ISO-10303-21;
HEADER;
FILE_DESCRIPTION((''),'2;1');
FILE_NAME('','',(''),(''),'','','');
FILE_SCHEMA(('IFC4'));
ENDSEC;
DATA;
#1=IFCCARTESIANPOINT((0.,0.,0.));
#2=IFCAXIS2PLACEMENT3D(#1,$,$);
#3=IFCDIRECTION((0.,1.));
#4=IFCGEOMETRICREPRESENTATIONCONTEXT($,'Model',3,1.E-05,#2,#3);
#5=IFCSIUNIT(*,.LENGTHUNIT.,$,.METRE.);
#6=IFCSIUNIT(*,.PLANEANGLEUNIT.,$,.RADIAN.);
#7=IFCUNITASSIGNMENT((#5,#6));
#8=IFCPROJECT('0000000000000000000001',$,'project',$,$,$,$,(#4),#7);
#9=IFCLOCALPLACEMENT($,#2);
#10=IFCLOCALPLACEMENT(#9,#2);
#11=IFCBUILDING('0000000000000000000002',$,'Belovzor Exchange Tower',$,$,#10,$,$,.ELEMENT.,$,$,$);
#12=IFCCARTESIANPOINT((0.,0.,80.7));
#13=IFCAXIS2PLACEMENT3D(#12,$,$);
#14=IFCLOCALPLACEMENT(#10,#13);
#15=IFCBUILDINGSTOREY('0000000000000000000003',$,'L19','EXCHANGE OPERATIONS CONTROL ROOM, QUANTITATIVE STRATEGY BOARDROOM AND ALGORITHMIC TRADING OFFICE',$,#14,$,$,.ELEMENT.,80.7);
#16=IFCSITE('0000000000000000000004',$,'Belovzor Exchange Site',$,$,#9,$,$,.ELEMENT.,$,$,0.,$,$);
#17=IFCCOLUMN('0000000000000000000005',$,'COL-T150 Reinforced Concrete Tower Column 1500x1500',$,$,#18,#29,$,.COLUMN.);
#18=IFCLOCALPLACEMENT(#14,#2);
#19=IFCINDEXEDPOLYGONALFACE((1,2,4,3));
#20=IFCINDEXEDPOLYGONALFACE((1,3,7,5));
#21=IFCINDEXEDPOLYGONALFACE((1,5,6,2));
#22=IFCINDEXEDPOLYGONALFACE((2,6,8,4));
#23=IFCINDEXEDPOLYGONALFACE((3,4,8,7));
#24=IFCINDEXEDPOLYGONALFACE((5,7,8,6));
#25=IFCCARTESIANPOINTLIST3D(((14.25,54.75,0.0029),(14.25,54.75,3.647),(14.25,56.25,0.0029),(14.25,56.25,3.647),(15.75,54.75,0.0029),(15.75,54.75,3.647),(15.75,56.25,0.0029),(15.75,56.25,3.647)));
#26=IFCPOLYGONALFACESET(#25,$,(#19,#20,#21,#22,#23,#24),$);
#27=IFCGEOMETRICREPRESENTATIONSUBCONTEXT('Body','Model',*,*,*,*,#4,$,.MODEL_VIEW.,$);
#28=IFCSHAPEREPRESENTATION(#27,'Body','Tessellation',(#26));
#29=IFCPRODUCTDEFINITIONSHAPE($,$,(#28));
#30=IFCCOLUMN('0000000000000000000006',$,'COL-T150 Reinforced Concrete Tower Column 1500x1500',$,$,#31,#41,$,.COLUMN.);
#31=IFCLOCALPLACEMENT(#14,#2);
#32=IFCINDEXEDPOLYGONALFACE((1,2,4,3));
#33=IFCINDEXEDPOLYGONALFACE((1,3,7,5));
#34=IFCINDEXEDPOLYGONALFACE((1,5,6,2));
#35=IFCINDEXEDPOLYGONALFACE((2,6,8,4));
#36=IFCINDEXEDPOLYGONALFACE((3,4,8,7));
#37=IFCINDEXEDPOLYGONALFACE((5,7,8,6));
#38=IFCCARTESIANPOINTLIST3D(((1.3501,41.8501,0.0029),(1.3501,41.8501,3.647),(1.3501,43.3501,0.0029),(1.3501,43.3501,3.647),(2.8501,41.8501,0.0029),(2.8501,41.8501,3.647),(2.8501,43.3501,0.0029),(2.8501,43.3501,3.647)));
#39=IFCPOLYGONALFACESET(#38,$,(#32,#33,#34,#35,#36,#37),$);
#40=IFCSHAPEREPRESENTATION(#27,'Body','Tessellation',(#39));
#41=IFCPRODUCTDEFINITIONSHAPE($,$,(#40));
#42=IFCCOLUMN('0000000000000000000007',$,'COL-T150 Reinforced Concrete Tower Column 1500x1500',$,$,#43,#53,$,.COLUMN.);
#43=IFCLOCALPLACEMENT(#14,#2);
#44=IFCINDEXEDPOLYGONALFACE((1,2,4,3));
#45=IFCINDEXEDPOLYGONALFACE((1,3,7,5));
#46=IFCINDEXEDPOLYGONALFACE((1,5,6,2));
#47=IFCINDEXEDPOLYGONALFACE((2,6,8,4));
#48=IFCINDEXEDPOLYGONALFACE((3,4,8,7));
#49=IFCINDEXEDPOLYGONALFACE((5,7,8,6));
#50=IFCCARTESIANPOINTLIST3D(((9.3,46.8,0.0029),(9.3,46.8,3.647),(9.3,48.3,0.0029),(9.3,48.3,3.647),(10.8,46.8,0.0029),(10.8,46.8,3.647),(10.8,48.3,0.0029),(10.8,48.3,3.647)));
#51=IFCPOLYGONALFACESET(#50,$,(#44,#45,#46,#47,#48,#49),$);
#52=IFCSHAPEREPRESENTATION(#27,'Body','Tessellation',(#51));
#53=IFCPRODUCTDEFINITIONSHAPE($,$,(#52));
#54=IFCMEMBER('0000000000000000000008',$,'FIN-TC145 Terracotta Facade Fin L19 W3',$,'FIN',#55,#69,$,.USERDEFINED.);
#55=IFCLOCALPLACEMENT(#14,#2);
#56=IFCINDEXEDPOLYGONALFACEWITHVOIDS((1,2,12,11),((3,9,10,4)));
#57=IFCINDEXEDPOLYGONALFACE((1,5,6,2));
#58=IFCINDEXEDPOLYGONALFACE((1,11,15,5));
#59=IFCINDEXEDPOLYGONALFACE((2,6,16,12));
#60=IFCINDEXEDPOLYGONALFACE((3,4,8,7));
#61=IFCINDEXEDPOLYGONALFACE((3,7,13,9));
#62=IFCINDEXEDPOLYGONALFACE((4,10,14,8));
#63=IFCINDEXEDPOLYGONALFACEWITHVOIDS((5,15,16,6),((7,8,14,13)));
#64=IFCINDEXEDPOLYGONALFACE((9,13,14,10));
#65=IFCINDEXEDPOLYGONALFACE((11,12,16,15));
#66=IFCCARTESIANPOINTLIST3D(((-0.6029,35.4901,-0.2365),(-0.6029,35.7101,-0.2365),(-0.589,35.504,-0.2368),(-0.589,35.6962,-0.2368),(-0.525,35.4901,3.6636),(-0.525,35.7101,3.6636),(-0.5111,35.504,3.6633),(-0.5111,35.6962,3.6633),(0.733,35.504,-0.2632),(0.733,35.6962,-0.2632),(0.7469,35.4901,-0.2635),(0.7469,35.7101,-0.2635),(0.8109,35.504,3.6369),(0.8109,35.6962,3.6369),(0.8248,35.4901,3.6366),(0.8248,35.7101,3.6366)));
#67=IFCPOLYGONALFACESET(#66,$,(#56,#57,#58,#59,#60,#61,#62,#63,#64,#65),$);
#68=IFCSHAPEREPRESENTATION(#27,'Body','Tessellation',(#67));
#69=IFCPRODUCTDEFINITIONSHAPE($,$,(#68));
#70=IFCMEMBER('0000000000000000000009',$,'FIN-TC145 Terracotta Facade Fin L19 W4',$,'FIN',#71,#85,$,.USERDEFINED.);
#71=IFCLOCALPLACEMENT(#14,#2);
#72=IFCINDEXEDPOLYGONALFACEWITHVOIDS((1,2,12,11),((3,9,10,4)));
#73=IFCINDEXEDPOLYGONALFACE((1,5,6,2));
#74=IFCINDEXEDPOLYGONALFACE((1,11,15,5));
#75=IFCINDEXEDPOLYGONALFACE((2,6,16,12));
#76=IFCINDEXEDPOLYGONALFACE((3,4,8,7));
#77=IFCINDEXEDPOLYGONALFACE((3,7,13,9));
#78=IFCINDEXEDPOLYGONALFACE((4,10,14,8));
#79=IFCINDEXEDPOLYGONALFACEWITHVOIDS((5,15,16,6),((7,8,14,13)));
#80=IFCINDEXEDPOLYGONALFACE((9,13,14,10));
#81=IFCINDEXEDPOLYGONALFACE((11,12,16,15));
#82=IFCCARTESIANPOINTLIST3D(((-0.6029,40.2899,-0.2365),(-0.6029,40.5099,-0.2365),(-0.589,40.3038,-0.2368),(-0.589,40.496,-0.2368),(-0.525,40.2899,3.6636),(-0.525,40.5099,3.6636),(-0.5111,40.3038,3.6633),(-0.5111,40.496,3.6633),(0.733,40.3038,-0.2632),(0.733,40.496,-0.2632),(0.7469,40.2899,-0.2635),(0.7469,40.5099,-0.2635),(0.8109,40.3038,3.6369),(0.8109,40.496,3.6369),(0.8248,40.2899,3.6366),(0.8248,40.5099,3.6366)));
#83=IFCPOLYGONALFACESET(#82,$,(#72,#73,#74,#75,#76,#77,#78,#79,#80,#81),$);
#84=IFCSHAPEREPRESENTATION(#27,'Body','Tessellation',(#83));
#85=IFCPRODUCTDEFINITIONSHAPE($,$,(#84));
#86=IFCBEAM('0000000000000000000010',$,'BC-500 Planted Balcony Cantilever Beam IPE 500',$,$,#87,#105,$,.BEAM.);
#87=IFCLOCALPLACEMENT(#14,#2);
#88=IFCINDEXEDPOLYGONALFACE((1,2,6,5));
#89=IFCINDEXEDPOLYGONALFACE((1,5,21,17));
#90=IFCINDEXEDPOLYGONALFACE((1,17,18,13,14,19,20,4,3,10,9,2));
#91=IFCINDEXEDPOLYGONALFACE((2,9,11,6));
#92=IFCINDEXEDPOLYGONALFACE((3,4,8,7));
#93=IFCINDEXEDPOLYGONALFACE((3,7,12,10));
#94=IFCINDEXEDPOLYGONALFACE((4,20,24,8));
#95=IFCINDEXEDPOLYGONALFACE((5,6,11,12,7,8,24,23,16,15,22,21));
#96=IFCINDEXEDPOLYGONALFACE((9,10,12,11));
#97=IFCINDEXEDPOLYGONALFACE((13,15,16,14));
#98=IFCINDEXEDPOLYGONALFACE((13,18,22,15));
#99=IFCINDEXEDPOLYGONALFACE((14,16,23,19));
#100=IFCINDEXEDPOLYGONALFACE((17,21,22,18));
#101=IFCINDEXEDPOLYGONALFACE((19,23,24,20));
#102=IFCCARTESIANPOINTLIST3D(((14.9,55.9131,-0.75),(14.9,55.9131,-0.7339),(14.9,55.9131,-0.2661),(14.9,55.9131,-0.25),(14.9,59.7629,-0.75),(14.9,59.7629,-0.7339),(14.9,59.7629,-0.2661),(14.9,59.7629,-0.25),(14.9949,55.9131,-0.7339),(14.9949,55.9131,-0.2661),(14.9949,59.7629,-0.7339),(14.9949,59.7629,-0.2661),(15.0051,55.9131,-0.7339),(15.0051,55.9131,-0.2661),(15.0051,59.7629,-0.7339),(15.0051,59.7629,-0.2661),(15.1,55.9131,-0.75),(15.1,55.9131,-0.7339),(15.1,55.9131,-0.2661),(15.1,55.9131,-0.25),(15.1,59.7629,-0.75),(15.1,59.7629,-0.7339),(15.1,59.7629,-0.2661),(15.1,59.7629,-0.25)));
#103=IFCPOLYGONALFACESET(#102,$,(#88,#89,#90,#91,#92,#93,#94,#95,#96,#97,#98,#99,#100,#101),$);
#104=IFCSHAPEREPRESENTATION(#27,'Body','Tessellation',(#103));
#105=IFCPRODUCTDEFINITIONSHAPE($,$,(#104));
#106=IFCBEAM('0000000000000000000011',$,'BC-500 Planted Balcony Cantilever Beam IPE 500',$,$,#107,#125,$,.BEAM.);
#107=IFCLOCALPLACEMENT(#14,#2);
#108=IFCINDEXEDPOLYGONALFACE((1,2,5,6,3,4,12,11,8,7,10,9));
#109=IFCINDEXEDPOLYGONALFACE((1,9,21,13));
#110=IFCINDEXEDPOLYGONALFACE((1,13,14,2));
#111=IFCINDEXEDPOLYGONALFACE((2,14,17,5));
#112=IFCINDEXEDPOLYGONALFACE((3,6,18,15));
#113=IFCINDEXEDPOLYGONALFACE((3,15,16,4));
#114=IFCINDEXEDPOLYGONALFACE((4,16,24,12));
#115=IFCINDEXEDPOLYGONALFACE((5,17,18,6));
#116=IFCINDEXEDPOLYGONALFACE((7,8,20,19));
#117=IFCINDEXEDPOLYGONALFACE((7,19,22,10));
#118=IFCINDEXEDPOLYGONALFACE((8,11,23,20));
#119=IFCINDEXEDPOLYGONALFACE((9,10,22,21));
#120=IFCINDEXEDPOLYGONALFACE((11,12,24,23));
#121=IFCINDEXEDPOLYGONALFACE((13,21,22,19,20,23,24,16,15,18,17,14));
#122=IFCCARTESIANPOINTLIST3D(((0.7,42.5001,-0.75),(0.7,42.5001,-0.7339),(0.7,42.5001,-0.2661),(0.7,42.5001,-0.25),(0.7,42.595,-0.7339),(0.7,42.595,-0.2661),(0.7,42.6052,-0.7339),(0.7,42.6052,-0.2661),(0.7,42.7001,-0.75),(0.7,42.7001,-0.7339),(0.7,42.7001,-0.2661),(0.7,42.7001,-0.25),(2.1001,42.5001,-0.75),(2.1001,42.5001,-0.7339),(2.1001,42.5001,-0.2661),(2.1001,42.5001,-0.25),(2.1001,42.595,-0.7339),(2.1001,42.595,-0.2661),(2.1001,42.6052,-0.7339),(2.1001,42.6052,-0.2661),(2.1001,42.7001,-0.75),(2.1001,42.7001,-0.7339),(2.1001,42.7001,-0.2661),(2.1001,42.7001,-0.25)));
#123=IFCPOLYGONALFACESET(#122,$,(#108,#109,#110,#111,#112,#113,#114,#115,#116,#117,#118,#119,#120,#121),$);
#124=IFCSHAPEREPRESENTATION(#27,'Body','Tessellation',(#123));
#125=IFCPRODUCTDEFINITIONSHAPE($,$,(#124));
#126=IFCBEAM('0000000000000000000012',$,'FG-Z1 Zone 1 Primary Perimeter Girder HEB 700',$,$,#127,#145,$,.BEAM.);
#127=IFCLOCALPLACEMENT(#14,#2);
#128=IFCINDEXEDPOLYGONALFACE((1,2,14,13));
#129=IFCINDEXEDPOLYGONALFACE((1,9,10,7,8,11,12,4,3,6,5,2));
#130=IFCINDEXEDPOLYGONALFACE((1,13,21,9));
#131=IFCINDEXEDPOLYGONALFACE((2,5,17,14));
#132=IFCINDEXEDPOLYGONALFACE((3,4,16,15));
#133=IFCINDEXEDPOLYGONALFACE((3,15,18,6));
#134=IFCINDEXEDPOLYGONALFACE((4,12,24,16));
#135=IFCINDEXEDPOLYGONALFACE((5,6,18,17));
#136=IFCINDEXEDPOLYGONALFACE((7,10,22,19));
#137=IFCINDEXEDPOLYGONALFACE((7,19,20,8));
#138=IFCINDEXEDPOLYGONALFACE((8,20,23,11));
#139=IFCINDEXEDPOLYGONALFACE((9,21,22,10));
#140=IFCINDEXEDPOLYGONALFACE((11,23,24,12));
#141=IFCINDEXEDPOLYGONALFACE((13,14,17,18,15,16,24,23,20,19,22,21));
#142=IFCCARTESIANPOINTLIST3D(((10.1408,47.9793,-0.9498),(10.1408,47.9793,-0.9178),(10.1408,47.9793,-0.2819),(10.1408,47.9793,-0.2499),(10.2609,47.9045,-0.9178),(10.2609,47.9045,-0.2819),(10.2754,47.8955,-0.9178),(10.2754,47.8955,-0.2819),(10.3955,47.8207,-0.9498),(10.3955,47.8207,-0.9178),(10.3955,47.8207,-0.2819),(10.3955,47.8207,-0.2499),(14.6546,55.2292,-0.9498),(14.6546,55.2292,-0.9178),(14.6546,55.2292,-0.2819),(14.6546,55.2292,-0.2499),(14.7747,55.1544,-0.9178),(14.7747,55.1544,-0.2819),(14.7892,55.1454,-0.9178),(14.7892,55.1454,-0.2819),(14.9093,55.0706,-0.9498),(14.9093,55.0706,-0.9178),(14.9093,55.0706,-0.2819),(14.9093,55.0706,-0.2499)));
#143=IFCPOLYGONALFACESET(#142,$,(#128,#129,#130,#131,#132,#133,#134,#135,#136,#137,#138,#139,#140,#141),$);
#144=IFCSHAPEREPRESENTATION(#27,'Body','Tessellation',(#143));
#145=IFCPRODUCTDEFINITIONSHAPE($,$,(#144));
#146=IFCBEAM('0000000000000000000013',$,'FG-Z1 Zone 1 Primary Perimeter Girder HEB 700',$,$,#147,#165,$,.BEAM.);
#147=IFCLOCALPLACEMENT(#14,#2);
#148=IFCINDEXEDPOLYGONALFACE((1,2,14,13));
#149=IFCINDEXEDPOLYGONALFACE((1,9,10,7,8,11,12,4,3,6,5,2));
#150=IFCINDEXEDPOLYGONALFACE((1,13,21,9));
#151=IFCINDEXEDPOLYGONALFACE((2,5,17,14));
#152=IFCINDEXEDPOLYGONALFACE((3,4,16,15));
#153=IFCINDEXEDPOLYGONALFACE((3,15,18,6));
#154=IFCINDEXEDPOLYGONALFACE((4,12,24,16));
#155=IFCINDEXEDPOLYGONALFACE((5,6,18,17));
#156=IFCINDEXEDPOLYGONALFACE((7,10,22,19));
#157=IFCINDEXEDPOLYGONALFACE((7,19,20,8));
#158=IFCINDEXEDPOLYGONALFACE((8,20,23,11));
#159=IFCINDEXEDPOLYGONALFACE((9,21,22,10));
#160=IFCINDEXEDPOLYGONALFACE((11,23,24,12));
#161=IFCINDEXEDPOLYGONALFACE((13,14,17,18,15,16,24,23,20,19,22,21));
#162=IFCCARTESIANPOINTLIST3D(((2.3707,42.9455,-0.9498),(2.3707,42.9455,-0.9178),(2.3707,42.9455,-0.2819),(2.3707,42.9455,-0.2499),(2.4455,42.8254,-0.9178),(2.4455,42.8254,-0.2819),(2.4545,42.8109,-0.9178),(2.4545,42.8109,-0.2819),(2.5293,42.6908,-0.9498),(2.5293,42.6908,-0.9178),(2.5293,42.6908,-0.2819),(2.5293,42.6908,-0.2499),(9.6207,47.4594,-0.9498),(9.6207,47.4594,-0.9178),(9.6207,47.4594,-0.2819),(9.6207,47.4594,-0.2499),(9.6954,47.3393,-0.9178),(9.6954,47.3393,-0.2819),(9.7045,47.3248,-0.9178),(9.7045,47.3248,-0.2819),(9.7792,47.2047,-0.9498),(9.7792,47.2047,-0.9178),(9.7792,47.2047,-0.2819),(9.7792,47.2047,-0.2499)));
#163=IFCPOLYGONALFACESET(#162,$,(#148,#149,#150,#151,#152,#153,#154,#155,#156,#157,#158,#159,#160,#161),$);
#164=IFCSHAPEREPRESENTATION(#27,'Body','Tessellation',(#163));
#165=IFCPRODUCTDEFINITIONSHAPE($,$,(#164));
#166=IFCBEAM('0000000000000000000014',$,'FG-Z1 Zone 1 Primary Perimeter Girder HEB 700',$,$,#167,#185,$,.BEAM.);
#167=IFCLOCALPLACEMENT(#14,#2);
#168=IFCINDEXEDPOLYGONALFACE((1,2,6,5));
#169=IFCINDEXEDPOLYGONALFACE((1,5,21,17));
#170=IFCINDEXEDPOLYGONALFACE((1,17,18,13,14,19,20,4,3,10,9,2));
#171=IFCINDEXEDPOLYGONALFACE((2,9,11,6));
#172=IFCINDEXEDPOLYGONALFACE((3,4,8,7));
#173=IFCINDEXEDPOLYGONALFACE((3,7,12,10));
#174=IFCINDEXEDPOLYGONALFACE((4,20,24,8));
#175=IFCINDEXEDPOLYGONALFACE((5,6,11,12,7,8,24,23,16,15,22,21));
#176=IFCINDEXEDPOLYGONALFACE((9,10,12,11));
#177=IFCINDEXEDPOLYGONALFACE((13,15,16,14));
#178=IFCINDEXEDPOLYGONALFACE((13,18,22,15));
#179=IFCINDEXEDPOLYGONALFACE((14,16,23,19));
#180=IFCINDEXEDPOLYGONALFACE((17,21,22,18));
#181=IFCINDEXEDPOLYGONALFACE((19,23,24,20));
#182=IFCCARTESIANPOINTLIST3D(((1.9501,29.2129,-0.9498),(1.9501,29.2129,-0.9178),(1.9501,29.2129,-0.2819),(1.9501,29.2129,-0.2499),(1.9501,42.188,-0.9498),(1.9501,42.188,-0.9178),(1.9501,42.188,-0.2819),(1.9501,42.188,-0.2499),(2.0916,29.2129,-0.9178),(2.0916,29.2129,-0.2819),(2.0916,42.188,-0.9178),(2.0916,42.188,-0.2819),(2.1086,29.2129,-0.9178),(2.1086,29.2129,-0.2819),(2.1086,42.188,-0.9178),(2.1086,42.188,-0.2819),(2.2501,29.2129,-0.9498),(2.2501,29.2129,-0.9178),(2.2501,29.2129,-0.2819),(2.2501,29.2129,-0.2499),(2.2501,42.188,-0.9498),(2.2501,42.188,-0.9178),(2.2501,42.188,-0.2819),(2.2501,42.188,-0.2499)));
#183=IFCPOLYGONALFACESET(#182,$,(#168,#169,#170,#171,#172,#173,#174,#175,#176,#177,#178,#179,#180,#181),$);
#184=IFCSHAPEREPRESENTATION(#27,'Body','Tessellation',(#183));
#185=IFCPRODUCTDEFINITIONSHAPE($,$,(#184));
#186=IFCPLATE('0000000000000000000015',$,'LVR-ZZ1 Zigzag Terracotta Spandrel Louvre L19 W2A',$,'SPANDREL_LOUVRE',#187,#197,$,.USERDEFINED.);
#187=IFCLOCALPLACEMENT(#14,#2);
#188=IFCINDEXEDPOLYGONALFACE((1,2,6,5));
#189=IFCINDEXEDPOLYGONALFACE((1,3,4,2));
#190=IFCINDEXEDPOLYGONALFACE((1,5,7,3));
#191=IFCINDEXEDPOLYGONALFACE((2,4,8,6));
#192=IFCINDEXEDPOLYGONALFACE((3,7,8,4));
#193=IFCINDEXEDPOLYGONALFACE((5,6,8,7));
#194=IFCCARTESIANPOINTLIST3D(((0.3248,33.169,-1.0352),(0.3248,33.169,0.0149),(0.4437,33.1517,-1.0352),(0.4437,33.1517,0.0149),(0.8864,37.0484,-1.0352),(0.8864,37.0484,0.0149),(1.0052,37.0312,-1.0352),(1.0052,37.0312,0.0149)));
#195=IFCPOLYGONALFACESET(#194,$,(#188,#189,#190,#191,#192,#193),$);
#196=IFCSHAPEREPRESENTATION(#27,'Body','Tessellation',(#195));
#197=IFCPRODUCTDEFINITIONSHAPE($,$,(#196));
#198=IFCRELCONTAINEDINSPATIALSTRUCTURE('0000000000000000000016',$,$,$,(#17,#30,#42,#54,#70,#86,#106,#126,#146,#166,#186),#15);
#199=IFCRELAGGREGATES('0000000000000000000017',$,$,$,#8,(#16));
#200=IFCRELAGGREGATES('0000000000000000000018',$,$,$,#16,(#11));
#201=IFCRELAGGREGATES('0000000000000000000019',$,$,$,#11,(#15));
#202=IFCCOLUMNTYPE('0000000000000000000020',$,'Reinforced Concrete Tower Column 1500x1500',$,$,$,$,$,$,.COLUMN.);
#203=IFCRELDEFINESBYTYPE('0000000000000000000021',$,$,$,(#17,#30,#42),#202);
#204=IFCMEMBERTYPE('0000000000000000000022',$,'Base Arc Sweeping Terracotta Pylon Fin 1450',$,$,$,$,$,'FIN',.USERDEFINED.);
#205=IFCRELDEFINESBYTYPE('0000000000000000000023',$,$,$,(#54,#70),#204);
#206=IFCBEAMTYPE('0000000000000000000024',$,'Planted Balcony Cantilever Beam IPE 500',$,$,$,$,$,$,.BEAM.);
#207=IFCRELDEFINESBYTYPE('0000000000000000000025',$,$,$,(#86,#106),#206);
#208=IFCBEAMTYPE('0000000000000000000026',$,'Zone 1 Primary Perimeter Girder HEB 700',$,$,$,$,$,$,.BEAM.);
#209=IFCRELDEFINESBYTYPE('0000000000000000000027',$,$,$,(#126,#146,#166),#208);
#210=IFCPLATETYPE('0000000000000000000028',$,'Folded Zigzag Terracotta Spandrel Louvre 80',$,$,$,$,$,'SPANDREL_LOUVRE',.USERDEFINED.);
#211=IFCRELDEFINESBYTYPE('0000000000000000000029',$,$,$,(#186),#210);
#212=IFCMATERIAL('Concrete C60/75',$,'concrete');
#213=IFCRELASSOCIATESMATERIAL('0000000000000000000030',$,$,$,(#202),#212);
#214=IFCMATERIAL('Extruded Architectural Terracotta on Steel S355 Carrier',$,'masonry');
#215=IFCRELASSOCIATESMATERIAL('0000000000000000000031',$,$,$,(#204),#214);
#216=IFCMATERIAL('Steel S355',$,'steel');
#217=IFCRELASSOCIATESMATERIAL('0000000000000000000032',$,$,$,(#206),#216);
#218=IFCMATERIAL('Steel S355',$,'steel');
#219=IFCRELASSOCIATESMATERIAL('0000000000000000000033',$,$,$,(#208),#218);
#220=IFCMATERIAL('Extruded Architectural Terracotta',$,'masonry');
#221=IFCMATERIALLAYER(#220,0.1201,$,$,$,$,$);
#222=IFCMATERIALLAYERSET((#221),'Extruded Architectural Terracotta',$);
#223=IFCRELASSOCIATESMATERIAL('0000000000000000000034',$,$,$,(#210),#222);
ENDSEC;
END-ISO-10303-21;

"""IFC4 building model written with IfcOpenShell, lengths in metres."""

from ifc_helpers import new_model, si_unit, direction, frame, origin, origin_2d, place, context, subcontext, project, spatial, rectangle, hollow_rectangle, i_section, extrude, material, layer, layer_set, material_profile, profile_set, type_object, element, save


model = new_model("IFC4")

# Units and contexts
model_context = context("Model", 3, precision=1e-05, world=origin(), true_north=direction((0.0, 1.0)))
body_context = subcontext(model_context, "Body", "Model", "MODEL_VIEW")
ifc_project = project(units=[si_unit("LENGTHUNIT", "METRE"), si_unit("PLANEANGLEUNIT", "RADIAN")], contexts=[model_context])

# Site, building, storey
site_placement = place(None, origin())
site = spatial("IfcSite", under=ifc_project, at=site_placement, Name="Belovzor Exchange Site", CompositionType="ELEMENT", RefElevation=0.0)
building_placement = place(site_placement, origin())
building = spatial("IfcBuilding", under=site, at=building_placement, Name="Belovzor Exchange Tower", CompositionType="ELEMENT")
storey_placement = place(building_placement, frame((0.0, 0.0, 80.7)))
storey = spatial("IfcBuildingStorey", under=building, at=storey_placement, Name="L19", Description="EXCHANGE OPERATIONS CONTROL ROOM, QUANTITATIVE STRATEGY BOARDROOM AND ALGORITHMIC TRADING OFFICE", CompositionType="ELEMENT", Elevation=80.7)

# Columns
ifc_material_1 = material(Name="Concrete C60/75", Category="concrete")
ifc_material_profile_1 = material_profile(ifc_material_1, rectangle(XDim=1.5, YDim=1.5, at=origin_2d()))
ifc_profile_set_1 = profile_set([ifc_material_profile_1], Name="Concrete C60/75")
column_type = type_object("IfcColumnType", Name="Reinforced Concrete Tower Column 1500x1500", PredefinedType="COLUMN", material=ifc_profile_set_1)
for number, where, z_axis, x_axis, name in (
    (1, (15.0, 55.5, 0.0029), (0.0, 0.0, 1.0), (1.0, 0.0, 0.0), "COL-T150 Reinforced Concrete Tower Column 1500x1500"),
    (2, (2.1001, 42.6001, 0.0029), (0.0, 0.0, 1.0), (1.0, 0.0, 0.0), "COL-T150 Reinforced Concrete Tower Column 1500x1500"),
    (3, (10.05, 47.55, 0.0029), (0.0, 0.0, 1.0), (1.0, 0.0, 0.0), "COL-T150 Reinforced Concrete Tower Column 1500x1500"),
):
    element("IfcColumn", number, at=place(storey_placement, frame(where, z_axis=z_axis, x_axis=x_axis)), inside=storey, type_object=column_type, Name=name, PredefinedType="COLUMN", context=body_context, shape_type="SweptSolid", body=[
        extrude(rectangle(XDim=1.5, YDim=1.5, at=origin_2d()), origin(), (0.0, 0.0, 1.0), 3.644),
    ])

# Members
ifc_material_2 = material(Name="Extruded Architectural Terracotta on Steel S355 Carrier", Category="masonry")
ifc_material_profile_2 = material_profile(ifc_material_2, hollow_rectangle(XDim=0.22, YDim=1.3501, WallThickness=0.0139, at=origin_2d()))
ifc_profile_set_2 = profile_set([ifc_material_profile_2], Name="Extruded Architectural Terracotta on Steel S355 Carrier")
member_type = type_object("IfcMemberType", Name="Base Arc Sweeping Terracotta Pylon Fin 1450", ElementType="FIN", PredefinedType="USERDEFINED", material=ifc_profile_set_2)
for number, where, z_axis, x_axis, name in (
    (4, (0.072, 35.6001, -0.25), (0.019965, 0.0, 0.999801), (0.0, 1.0, 0.0), "FIN-TC145 Terracotta Facade Fin L19 W3"),
    (5, (0.072, 40.3999, -0.25), (0.019965, 0.0, 0.999801), (0.0, 1.0, 0.0), "FIN-TC145 Terracotta Facade Fin L19 W4"),
):
    element("IfcMember", number, at=place(storey_placement, frame(where, z_axis=z_axis, x_axis=x_axis)), inside=storey, type_object=member_type, Name=name, ObjectType="FIN", PredefinedType="USERDEFINED", context=body_context, shape_type="SweptSolid", body=[
        extrude(hollow_rectangle(XDim=0.22, YDim=1.3501, WallThickness=0.0139, at=origin_2d()), origin(), (0.0, 0.0, 1.0), 3.9009),
    ])

# Beams
ifc_material_3 = material(Name="Steel S355", Category="steel")
ifc_material_profile_3 = material_profile(ifc_material_3, i_section(OverallWidth=0.2, OverallDepth=0.5, WebThickness=0.0103, FlangeThickness=0.0161, at=origin_2d()))
ifc_profile_set_3 = profile_set([ifc_material_profile_3], Name="Steel S355")
beam_type_1 = type_object("IfcBeamType", Name="Planted Balcony Cantilever Beam IPE 500", PredefinedType="BEAM", material=ifc_profile_set_3)
beam_1_placement = place(storey_placement, frame((15.0, 55.9131, -0.5), z_axis=(0.0, 1.0, 0.0), x_axis=(-1.0, 0.0, 0.0)))
element("IfcBeam", 6, at=beam_1_placement, inside=storey, type_object=beam_type_1, Name="BC-500 Planted Balcony Cantilever Beam IPE 500", PredefinedType="BEAM", context=body_context, shape_type="SweptSolid", body=[
    extrude(i_section(OverallWidth=0.2, OverallDepth=0.5, WebThickness=0.0103, FlangeThickness=0.0161, at=origin_2d()), origin(), (0.0, 0.0, 1.0), 3.8499),
])
beam_2_placement = place(storey_placement, frame((2.1001, 42.6001, -0.5), z_axis=(-1.0, 0.0, 0.0), x_axis=(0.0, -1.0, 0.0)))
element("IfcBeam", 7, at=beam_2_placement, inside=storey, type_object=beam_type_1, Name="BC-500 Planted Balcony Cantilever Beam IPE 500", PredefinedType="BEAM", context=body_context, shape_type="SweptSolid", body=[
    extrude(i_section(OverallWidth=0.2, OverallDepth=0.5, WebThickness=0.0103, FlangeThickness=0.0161, at=origin_2d()), origin(), (0.0, 0.0, 1.0), 1.4001),
])
ifc_material_4 = material(Name="Steel S355", Category="steel")
ifc_material_profile_4 = material_profile(ifc_material_4, i_section(OverallWidth=0.3, OverallDepth=0.7, WebThickness=0.0171, FlangeThickness=0.032, at=origin_2d()))
ifc_profile_set_4 = profile_set([ifc_material_profile_4], Name="Steel S355")
beam_type_2 = type_object("IfcBeamType", Name="Zone 1 Primary Perimeter Girder HEB 700", PredefinedType="BEAM", material=ifc_profile_set_4)
for number, where, z_axis, x_axis, name in (
    (8, (14.782, 55.1499, -0.5999), (-0.528539, -0.848909, 0.0), (0.848909, -0.528539, 0.0), "FG-Z1 Zone 1 Primary Perimeter Girder HEB 700"),
    (9, (9.7, 47.332, -0.5999), (-0.848909, -0.528539, 0.0), (0.528539, -0.848909, 0.0), "FG-Z1 Zone 1 Primary Perimeter Girder HEB 700"),
):
    element("IfcBeam", number, at=place(storey_placement, frame(where, z_axis=z_axis, x_axis=x_axis)), inside=storey, type_object=beam_type_2, Name=name, PredefinedType="BEAM", context=body_context, shape_type="SweptSolid", body=[
        extrude(i_section(OverallWidth=0.3, OverallDepth=0.7, WebThickness=0.0171, FlangeThickness=0.032, at=origin_2d()), origin(), (0.0, 0.0, 1.0), 8.5403),
    ])
beam_3_placement = place(storey_placement, frame((2.1001, 42.188, -0.5999), z_axis=(0.0, -1.0, 0.0), x_axis=(1.0, 0.0, 0.0)))
element("IfcBeam", 10, at=beam_3_placement, inside=storey, type_object=beam_type_2, Name="FG-Z1 Zone 1 Primary Perimeter Girder HEB 700", PredefinedType="BEAM", context=body_context, shape_type="SweptSolid", body=[
    extrude(i_section(OverallWidth=0.3, OverallDepth=0.7, WebThickness=0.0171, FlangeThickness=0.032, at=origin_2d()), origin(), (0.0, 0.0, 1.0), 12.9751),
])

# Plate
ifc_material_5 = material(Name="Extruded Architectural Terracotta", Category="masonry")
ifc_layer_1 = layer(ifc_material_5, 0.1201)
ifc_layer_set_1 = layer_set([ifc_layer_1], Name="Extruded Architectural Terracotta")
plate_type = type_object("IfcPlateType", Name="Folded Zigzag Terracotta Spandrel Louvre 80", ElementType="SPANDREL_LOUVRE", PredefinedType="USERDEFINED", material=ifc_layer_set_1)
for number, where, z_axis, x_axis, name in (
    (11, (0.665, 35.1001, -1.0352), (0.0, 0.0, 1.0), (0.143251, 0.989686, 0.0), "LVR-ZZ1 Zigzag Terracotta Spandrel Louvre L19 W2A"),
):
    element("IfcPlate", number, at=place(storey_placement, frame(where, z_axis=z_axis, x_axis=x_axis)), inside=storey, type_object=plate_type, Name=name, ObjectType="SPANDREL_LOUVRE", PredefinedType="USERDEFINED", context=body_context, shape_type="SweptSolid", body=[
        extrude(rectangle(XDim=3.9199, YDim=0.1201, at=origin_2d()), origin(), (0.0, 0.0, 1.0), 1.05),
    ])

save(model, "model.ifc")
